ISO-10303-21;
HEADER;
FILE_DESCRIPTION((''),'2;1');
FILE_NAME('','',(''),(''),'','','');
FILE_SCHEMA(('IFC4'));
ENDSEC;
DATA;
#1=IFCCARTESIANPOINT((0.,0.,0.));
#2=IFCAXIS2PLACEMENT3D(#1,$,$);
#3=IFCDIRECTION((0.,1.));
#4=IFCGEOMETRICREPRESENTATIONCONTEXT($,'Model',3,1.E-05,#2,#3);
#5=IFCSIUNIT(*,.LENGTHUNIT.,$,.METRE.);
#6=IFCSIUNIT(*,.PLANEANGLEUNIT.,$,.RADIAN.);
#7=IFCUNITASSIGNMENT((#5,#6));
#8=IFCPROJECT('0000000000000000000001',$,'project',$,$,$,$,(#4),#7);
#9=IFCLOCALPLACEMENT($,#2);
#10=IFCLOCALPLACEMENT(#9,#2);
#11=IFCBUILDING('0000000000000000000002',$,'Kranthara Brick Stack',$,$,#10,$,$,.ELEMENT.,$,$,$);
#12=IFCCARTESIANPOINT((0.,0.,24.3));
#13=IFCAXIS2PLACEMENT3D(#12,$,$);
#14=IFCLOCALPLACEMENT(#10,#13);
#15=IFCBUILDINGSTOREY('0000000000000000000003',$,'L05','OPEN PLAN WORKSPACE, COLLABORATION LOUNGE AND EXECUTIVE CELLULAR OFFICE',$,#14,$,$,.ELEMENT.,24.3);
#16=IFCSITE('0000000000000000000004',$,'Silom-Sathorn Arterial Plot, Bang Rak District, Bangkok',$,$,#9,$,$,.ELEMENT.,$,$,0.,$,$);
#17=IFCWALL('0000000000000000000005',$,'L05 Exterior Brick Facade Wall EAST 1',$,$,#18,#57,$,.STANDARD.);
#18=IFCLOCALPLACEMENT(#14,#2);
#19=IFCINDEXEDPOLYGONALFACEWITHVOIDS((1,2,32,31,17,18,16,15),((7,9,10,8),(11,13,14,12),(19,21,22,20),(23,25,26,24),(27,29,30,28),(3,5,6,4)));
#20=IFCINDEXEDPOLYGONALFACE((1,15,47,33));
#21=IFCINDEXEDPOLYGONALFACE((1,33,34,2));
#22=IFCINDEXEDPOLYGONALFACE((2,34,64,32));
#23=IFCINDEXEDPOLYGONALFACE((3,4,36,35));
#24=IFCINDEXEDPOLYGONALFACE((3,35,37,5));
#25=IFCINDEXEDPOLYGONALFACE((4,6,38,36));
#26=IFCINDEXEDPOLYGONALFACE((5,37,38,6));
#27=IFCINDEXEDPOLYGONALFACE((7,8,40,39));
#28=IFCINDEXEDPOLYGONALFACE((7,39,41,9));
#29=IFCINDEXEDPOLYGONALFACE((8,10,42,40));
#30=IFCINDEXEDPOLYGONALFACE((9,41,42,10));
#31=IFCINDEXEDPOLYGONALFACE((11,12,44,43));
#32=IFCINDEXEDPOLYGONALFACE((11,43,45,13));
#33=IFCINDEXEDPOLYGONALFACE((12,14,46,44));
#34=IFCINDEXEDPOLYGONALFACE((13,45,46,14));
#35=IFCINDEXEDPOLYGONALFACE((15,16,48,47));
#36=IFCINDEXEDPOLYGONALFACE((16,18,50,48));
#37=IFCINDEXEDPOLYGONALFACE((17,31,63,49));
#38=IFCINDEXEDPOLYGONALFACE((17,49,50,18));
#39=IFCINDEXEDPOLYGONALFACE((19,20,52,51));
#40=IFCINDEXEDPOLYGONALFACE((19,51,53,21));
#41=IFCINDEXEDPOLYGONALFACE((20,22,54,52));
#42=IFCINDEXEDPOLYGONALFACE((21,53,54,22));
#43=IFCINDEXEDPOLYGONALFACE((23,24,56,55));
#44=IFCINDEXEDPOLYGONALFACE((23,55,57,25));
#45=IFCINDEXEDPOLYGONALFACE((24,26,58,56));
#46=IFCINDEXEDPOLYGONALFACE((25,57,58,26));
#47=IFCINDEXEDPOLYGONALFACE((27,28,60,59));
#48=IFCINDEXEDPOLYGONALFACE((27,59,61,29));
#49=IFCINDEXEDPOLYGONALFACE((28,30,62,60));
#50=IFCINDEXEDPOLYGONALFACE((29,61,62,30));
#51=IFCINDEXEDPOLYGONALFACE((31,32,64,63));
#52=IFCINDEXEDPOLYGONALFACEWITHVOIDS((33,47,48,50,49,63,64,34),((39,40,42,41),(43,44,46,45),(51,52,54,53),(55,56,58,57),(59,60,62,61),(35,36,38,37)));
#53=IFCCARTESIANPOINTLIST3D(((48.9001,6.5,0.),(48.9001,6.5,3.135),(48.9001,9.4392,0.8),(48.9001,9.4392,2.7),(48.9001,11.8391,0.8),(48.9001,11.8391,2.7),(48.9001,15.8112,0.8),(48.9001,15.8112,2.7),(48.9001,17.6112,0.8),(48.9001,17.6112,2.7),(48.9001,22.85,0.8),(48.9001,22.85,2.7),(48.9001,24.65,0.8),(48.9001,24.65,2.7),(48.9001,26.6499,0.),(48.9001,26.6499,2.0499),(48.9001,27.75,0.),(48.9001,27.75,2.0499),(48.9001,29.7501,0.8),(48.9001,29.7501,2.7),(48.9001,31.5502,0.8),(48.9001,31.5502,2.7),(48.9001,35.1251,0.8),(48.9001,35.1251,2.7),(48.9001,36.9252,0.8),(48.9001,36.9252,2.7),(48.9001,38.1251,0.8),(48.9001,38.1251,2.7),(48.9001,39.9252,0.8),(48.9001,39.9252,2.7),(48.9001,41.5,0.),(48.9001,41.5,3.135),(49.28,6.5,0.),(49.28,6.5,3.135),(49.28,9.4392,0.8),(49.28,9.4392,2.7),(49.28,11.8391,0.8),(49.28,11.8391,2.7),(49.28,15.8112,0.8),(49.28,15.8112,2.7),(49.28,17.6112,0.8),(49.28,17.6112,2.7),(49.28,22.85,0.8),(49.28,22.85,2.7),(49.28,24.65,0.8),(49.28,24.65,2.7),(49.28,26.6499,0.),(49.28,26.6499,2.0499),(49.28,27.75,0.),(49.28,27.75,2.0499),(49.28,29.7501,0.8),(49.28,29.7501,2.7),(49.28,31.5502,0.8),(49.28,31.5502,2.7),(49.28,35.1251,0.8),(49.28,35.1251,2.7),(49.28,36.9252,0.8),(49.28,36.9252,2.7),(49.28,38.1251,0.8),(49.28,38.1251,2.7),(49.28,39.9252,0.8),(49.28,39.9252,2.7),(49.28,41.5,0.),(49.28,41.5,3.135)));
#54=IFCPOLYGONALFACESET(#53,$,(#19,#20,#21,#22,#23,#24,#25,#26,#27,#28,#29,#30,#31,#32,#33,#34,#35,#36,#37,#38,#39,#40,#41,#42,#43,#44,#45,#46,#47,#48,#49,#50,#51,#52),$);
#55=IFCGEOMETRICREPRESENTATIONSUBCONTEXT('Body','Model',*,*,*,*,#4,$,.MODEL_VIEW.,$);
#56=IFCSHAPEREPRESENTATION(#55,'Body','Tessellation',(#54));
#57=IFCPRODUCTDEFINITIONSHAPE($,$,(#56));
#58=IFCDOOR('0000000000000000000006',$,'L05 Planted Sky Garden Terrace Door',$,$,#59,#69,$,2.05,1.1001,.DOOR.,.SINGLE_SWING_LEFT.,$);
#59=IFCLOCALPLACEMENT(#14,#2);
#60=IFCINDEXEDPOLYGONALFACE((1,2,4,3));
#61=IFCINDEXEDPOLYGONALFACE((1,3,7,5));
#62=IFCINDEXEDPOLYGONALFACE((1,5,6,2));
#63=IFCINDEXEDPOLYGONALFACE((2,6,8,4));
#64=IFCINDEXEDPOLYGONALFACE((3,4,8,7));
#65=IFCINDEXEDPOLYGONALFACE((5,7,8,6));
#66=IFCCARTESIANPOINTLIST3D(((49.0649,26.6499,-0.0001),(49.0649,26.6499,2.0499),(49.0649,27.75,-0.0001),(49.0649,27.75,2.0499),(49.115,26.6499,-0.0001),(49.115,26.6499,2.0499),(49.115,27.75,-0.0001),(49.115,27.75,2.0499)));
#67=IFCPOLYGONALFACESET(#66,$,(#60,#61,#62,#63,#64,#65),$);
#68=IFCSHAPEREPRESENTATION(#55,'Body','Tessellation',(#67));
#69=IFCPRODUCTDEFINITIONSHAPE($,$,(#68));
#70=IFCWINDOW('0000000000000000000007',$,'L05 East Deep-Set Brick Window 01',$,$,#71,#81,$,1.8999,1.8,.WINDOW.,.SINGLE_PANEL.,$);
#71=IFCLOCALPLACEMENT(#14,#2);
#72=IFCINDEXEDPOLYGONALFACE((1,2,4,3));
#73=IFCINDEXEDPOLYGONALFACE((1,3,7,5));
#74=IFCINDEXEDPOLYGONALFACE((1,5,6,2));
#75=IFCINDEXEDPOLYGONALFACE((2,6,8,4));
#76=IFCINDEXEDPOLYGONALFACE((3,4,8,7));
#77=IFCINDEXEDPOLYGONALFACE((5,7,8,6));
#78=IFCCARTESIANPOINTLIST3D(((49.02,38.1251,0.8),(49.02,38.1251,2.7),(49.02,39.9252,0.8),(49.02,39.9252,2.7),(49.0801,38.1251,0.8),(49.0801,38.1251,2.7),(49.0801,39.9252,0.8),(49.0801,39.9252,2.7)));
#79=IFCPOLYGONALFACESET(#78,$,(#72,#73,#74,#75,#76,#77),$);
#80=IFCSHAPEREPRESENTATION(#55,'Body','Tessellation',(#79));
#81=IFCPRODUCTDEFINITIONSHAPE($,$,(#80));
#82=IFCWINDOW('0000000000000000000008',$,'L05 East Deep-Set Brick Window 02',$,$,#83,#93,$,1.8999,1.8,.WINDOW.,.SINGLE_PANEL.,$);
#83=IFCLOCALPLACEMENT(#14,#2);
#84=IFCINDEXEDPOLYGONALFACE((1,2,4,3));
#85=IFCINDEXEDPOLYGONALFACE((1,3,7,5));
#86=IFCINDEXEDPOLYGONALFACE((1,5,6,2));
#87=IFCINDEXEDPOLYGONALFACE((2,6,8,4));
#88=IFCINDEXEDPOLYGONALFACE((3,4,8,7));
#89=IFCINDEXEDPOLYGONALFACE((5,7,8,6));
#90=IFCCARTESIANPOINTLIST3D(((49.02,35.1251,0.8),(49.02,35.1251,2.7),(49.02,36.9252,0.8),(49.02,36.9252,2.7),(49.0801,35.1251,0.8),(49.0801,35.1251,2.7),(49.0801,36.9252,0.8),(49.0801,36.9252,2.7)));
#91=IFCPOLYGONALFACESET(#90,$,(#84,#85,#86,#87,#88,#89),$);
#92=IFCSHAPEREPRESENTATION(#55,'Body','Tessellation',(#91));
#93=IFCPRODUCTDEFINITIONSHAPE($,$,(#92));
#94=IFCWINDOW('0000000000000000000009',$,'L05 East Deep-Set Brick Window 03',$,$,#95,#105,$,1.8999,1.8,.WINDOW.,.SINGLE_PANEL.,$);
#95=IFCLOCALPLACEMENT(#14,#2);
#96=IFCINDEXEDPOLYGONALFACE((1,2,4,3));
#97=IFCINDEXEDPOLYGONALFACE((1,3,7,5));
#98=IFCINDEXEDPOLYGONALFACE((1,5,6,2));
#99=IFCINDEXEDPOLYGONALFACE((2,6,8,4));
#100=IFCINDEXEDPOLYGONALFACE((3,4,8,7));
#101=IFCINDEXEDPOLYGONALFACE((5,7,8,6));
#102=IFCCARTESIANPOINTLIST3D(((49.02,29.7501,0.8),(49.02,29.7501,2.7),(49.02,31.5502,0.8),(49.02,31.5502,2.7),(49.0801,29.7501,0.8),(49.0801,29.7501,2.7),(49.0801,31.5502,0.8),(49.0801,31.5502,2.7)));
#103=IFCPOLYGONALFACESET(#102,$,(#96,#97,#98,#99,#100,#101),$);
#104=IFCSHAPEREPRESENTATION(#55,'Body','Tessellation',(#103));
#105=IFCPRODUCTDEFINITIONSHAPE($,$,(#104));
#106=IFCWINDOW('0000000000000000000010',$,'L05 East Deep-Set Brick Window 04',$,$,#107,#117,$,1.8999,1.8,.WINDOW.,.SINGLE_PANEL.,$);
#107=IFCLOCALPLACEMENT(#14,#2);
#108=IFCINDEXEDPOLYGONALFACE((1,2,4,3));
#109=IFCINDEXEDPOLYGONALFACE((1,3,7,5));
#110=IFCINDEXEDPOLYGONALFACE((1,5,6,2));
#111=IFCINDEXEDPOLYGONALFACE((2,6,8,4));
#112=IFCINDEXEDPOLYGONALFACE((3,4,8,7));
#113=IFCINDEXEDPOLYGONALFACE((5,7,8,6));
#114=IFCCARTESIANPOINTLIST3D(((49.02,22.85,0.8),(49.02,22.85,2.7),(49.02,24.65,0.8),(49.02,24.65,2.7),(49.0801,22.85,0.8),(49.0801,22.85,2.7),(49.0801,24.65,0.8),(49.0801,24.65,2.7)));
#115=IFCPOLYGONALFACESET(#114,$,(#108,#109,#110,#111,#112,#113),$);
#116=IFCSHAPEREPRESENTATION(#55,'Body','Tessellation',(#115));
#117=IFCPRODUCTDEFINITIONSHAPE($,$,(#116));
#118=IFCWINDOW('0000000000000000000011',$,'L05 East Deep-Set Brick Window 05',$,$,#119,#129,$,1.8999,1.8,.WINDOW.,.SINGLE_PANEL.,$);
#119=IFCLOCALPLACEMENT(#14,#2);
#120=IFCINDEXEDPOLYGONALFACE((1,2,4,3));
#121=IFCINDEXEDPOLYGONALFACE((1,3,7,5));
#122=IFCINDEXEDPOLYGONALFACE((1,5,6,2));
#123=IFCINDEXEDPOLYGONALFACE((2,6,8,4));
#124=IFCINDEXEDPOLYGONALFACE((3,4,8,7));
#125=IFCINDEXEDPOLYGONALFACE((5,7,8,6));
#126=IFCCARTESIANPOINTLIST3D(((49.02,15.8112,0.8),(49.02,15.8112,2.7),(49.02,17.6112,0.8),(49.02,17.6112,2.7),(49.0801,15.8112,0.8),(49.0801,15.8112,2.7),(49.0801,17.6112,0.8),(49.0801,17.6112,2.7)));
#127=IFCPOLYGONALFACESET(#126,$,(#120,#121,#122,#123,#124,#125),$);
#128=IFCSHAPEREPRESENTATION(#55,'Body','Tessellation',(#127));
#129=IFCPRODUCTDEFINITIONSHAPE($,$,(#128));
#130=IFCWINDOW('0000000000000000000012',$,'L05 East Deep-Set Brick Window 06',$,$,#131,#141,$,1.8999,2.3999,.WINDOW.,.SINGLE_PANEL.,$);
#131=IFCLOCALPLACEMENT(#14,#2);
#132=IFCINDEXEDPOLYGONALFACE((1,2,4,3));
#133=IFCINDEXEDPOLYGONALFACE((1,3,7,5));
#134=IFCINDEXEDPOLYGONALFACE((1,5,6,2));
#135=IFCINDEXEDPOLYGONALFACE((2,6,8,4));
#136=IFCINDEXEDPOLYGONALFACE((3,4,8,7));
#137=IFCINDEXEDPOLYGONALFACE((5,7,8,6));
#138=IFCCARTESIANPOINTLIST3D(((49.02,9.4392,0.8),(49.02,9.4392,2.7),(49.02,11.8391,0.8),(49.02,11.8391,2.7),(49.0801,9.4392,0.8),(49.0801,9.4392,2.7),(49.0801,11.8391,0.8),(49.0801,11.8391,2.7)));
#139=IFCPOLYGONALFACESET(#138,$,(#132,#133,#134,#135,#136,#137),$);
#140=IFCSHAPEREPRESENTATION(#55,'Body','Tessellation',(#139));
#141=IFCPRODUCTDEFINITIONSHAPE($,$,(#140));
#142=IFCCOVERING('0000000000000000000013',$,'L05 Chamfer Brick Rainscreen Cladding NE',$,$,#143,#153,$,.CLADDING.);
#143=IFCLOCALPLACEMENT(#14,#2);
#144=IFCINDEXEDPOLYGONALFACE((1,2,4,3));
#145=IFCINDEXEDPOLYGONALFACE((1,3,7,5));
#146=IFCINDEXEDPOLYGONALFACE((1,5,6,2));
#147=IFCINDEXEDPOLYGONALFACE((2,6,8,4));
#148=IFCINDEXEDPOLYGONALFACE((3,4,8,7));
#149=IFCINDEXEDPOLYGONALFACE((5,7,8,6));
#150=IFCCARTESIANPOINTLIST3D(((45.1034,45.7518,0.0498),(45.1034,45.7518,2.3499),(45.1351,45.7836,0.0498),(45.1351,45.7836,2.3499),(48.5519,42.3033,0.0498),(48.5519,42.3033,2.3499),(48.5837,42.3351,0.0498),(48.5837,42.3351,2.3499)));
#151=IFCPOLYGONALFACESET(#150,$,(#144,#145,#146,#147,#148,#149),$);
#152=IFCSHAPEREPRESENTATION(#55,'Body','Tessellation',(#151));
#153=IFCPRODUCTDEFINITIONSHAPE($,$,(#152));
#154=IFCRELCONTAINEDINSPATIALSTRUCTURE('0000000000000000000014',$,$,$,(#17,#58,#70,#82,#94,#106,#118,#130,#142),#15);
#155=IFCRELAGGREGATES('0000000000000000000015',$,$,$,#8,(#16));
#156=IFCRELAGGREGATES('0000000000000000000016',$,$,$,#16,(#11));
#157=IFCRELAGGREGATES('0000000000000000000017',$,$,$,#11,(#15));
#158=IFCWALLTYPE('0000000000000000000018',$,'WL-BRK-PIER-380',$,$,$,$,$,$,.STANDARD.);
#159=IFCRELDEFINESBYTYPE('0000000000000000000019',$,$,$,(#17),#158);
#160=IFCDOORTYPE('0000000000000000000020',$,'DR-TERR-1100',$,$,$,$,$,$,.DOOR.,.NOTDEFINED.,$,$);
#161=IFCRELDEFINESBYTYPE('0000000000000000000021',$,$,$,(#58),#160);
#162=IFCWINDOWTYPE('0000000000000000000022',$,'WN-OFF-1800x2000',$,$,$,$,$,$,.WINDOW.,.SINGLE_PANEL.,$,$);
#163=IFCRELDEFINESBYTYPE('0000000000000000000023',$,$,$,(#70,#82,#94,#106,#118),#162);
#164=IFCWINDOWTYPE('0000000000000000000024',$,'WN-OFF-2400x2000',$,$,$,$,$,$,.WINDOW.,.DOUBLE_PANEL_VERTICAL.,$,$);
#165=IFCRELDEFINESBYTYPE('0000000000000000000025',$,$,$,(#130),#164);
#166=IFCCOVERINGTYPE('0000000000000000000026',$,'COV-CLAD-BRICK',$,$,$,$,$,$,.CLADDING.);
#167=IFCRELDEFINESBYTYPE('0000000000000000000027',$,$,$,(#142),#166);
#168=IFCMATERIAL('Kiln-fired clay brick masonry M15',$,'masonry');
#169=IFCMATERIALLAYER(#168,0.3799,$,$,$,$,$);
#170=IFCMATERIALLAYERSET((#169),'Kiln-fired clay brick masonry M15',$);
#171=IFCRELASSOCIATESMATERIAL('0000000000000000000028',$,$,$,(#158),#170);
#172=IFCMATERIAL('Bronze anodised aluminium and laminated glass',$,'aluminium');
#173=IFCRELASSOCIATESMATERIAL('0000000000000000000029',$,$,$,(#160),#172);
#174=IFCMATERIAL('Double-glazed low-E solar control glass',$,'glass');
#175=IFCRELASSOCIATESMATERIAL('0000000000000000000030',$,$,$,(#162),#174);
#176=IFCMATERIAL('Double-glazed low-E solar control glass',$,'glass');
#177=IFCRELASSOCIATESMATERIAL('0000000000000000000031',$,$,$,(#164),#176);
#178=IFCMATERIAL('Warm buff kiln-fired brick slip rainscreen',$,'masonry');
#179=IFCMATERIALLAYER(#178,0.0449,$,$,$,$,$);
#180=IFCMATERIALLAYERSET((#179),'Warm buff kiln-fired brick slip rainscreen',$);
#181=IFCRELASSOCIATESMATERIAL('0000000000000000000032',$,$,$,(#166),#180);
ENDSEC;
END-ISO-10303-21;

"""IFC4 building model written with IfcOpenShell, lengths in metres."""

from ifc_helpers import new_model, si_unit, direction, frame, frame_2d, origin, origin_2d, place, context, subcontext, project, spatial, rectangle, extrude, material, layer, layer_set, type_object, element, fill, save


model = new_model("IFC4")

# Units and contexts
model_context = context("Model", 3, precision=1e-05, world=origin(), true_north=direction((0.0, 1.0)))
body_context = subcontext(model_context, "Body", "Model", "MODEL_VIEW")
ifc_project = project(units=[si_unit("LENGTHUNIT", "METRE"), si_unit("PLANEANGLEUNIT", "RADIAN")], contexts=[model_context])

# Site, building, storey
site_placement = place(None, origin())
site = spatial("IfcSite", under=ifc_project, at=site_placement, Name="Silom-Sathorn Arterial Plot, Bang Rak District, Bangkok", CompositionType="ELEMENT", RefElevation=0.0)
building_placement = place(site_placement, origin())
building = spatial("IfcBuilding", under=site, at=building_placement, Name="Kranthara Brick Stack", CompositionType="ELEMENT")
storey_placement = place(building_placement, frame((0.0, 0.0, 24.3)))
storey = spatial("IfcBuildingStorey", under=building, at=storey_placement, Name="L05", Description="OPEN PLAN WORKSPACE, COLLABORATION LOUNGE AND EXECUTIVE CELLULAR OFFICE", CompositionType="ELEMENT", Elevation=24.3)

# Shared definitions
ifc_material_1 = material(Name="Kiln-fired clay brick masonry M15", Category="masonry")
ifc_layer_1 = layer(ifc_material_1, 0.3799)
ifc_layer_set_1 = layer_set([ifc_layer_1], Name="Kiln-fired clay brick masonry M15")
wall_type = type_object("IfcWallType", Name="WL-BRK-PIER-380", PredefinedType="STANDARD", material=ifc_layer_set_1)

# Wall, openings, door, windows
wall_1_placement = place(storey_placement, frame((49.0901, 41.5, 0.0), z_axis=(0.0, 0.0, 1.0), x_axis=(0.0, -1.0, 0.0)))
wall_1 = element("IfcWall", 1, at=wall_1_placement, inside=storey, type_object=wall_type, Name="L05 Exterior Brick Facade Wall EAST 1", PredefinedType="STANDARD", context=body_context, shape_type="SweptSolid", body=[
    extrude(rectangle(XDim=35.0, YDim=0.3799, at=frame_2d((17.5, 0.0))), origin(), (0.0, 0.0, 1.0), 3.135),
])
opening_1_placement = place(wall_1_placement, frame((13.75, 0.0, 0.0)))
opening_1 = element("IfcOpeningElement", 2, at=opening_1_placement, cuts=wall_1, PredefinedType="OPENING", context=body_context, shape_type="SweptSolid", body=[
    extrude(rectangle(XDim=1.1001, YDim=2.05, at=frame_2d((0.55, 1.0249))), frame((0.0, 0.2, 0.0), z_axis=(0.0, -1.0, 0.0), x_axis=(1.0, 0.0, 0.0)), (0.0, 0.0, 1.0), 0.3999),
])
opening_2_placement = place(wall_1_placement, frame((1.575, 0.0, 0.8)))
opening_2 = element("IfcOpeningElement", 3, at=opening_2_placement, cuts=wall_1, PredefinedType="OPENING", context=body_context, shape_type="SweptSolid", body=[
    extrude(rectangle(XDim=1.8, YDim=1.8999, at=frame_2d((0.8999, 0.95))), frame((0.0, 0.2, 0.0), z_axis=(0.0, -1.0, 0.0), x_axis=(1.0, 0.0, 0.0)), (0.0, 0.0, 1.0), 0.3999),
])
opening_3_placement = place(wall_1_placement, frame((4.575, 0.0, 0.8)))
opening_3 = element("IfcOpeningElement", 4, at=opening_3_placement, cuts=wall_1, PredefinedType="OPENING", context=body_context, shape_type="SweptSolid", body=[
    extrude(rectangle(XDim=1.8, YDim=1.8999, at=frame_2d((0.8999, 0.95))), frame((0.0, 0.2, 0.0), z_axis=(0.0, -1.0, 0.0), x_axis=(1.0, 0.0, 0.0)), (0.0, 0.0, 1.0), 0.3999),
])
opening_4_placement = place(wall_1_placement, frame((9.95, 0.0, 0.8)))
opening_4 = element("IfcOpeningElement", 5, at=opening_4_placement, cuts=wall_1, PredefinedType="OPENING", context=body_context, shape_type="SweptSolid", body=[
    extrude(rectangle(XDim=1.8, YDim=1.8999, at=frame_2d((0.8999, 0.95))), frame((0.0, 0.2, 0.0), z_axis=(0.0, -1.0, 0.0), x_axis=(1.0, 0.0, 0.0)), (0.0, 0.0, 1.0), 0.3999),
])
opening_5_placement = place(wall_1_placement, frame((16.8501, 0.0, 0.8)))
opening_5 = element("IfcOpeningElement", 6, at=opening_5_placement, cuts=wall_1, PredefinedType="OPENING", context=body_context, shape_type="SweptSolid", body=[
    extrude(rectangle(XDim=1.8, YDim=1.8999, at=frame_2d((0.8999, 0.95))), frame((0.0, 0.2, 0.0), z_axis=(0.0, -1.0, 0.0), x_axis=(1.0, 0.0, 0.0)), (0.0, 0.0, 1.0), 0.3999),
])
opening_6_placement = place(wall_1_placement, frame((23.8889, 0.0, 0.8)))
opening_6 = element("IfcOpeningElement", 7, at=opening_6_placement, cuts=wall_1, PredefinedType="OPENING", context=body_context, shape_type="SweptSolid", body=[
    extrude(rectangle(XDim=1.8, YDim=1.8999, at=frame_2d((0.8999, 0.95))), frame((0.0, 0.2, 0.0), z_axis=(0.0, -1.0, 0.0), x_axis=(1.0, 0.0, 0.0)), (0.0, 0.0, 1.0), 0.3999),
])
opening_7_placement = place(wall_1_placement, frame((29.6609, 0.0, 0.8)))
opening_7 = element("IfcOpeningElement", 8, at=opening_7_placement, cuts=wall_1, PredefinedType="OPENING", context=body_context, shape_type="SweptSolid", body=[
    extrude(rectangle(XDim=2.3999, YDim=1.8999, at=frame_2d((1.2, 0.95))), frame((0.0, 0.2, 0.0), z_axis=(0.0, -1.0, 0.0), x_axis=(1.0, 0.0, 0.0)), (0.0, 0.0, 1.0), 0.3999),
])
ifc_material_2 = material(Name="Bronze anodised aluminium and laminated glass", Category="aluminium")
door_type = type_object("IfcDoorType", Name="DR-TERR-1100", OperationType="NOTDEFINED", PredefinedType="DOOR", material=ifc_material_2)
door_placement = place(opening_1_placement, origin())
door = element("IfcDoor", 9, at=door_placement, inside=storey, type_object=door_type, Name="L05 Planted Sky Garden Terrace Door", OperationType="SINGLE_SWING_LEFT", OverallHeight=2.05, OverallWidth=1.1001, PredefinedType="DOOR", context=body_context, shape_type="SweptSolid", body=[
    extrude(rectangle(XDim=1.1001, YDim=2.05, at=frame_2d((0.55, 1.0249))), frame((0.0, 0.0249, 0.0), z_axis=(0.0, -1.0, 0.0), x_axis=(1.0, 0.0, 0.0)), (0.0, 0.0, 1.0), 0.05),
])
fill(opening_1, door)
ifc_material_3 = material(Name="Double-glazed low-E solar control glass", Category="glass")
window_type_1 = type_object("IfcWindowType", Name="WN-OFF-1800x2000", PartitioningType="SINGLE_PANEL", PredefinedType="WINDOW", material=ifc_material_3)
window_1_placement = place(opening_2_placement, origin())
window_1 = element("IfcWindow", 10, at=window_1_placement, inside=storey, type_object=window_type_1, Name="L05 East Deep-Set Brick Window 01", OverallHeight=1.8999, OverallWidth=1.8, PartitioningType="SINGLE_PANEL", PredefinedType="WINDOW", context=body_context, shape_type="SweptSolid", body=[
    extrude(rectangle(XDim=1.8, YDim=1.8999, at=frame_2d((0.8999, 0.95))), frame((0.0, -0.01, 0.0), z_axis=(0.0, -1.0, 0.0), x_axis=(1.0, 0.0, 0.0)), (0.0, 0.0, 1.0), 0.0601),
])
fill(opening_2, window_1)
window_2_placement = place(opening_3_placement, origin())
window_2 = element("IfcWindow", 11, at=window_2_placement, inside=storey, type_object=window_type_1, Name="L05 East Deep-Set Brick Window 02", OverallHeight=1.8999, OverallWidth=1.8, PartitioningType="SINGLE_PANEL", PredefinedType="WINDOW", context=body_context, shape_type="SweptSolid", body=[
    extrude(rectangle(XDim=1.8, YDim=1.8999, at=frame_2d((0.8999, 0.95))), frame((0.0, -0.01, 0.0), z_axis=(0.0, -1.0, 0.0), x_axis=(1.0, 0.0, 0.0)), (0.0, 0.0, 1.0), 0.0601),
])
fill(opening_3, window_2)
window_3_placement = place(opening_4_placement, origin())
window_3 = element("IfcWindow", 12, at=window_3_placement, inside=storey, type_object=window_type_1, Name="L05 East Deep-Set Brick Window 03", OverallHeight=1.8999, OverallWidth=1.8, PartitioningType="SINGLE_PANEL", PredefinedType="WINDOW", context=body_context, shape_type="SweptSolid", body=[
    extrude(rectangle(XDim=1.8, YDim=1.8999, at=frame_2d((0.8999, 0.95))), frame((0.0, -0.01, 0.0), z_axis=(0.0, -1.0, 0.0), x_axis=(1.0, 0.0, 0.0)), (0.0, 0.0, 1.0), 0.0601),
])
fill(opening_4, window_3)
window_4_placement = place(opening_5_placement, origin())
window_4 = element("IfcWindow", 13, at=window_4_placement, inside=storey, type_object=window_type_1, Name="L05 East Deep-Set Brick Window 04", OverallHeight=1.8999, OverallWidth=1.8, PartitioningType="SINGLE_PANEL", PredefinedType="WINDOW", context=body_context, shape_type="SweptSolid", body=[
    extrude(rectangle(XDim=1.8, YDim=1.8999, at=frame_2d((0.8999, 0.95))), frame((0.0, -0.01, 0.0), z_axis=(0.0, -1.0, 0.0), x_axis=(1.0, 0.0, 0.0)), (0.0, 0.0, 1.0), 0.0601),
])
fill(opening_5, window_4)
window_5_placement = place(opening_6_placement, origin())
window_5 = element("IfcWindow", 14, at=window_5_placement, inside=storey, type_object=window_type_1, Name="L05 East Deep-Set Brick Window 05", OverallHeight=1.8999, OverallWidth=1.8, PartitioningType="SINGLE_PANEL", PredefinedType="WINDOW", context=body_context, shape_type="SweptSolid", body=[
    extrude(rectangle(XDim=1.8, YDim=1.8999, at=frame_2d((0.8999, 0.95))), frame((0.0, -0.01, 0.0), z_axis=(0.0, -1.0, 0.0), x_axis=(1.0, 0.0, 0.0)), (0.0, 0.0, 1.0), 0.0601),
])
fill(opening_6, window_5)
ifc_material_4 = material(Name="Double-glazed low-E solar control glass", Category="glass")
window_type_2 = type_object("IfcWindowType", Name="WN-OFF-2400x2000", PartitioningType="DOUBLE_PANEL_VERTICAL", PredefinedType="WINDOW", material=ifc_material_4)
window_6_placement = place(opening_7_placement, origin())
window_6 = element("IfcWindow", 15, at=window_6_placement, inside=storey, type_object=window_type_2, Name="L05 East Deep-Set Brick Window 06", OverallHeight=1.8999, OverallWidth=2.3999, PartitioningType="SINGLE_PANEL", PredefinedType="WINDOW", context=body_context, shape_type="SweptSolid", body=[
    extrude(rectangle(XDim=2.3999, YDim=1.8999, at=frame_2d((1.2, 0.95))), frame((0.0, -0.01, 0.0), z_axis=(0.0, -1.0, 0.0), x_axis=(1.0, 0.0, 0.0)), (0.0, 0.0, 1.0), 0.0601),
])
fill(opening_7, window_6)

# Covering
ifc_material_5 = material(Name="Warm buff kiln-fired brick slip rainscreen", Category="masonry")
ifc_layer_2 = layer(ifc_material_5, 0.0449)
ifc_layer_set_2 = layer_set([ifc_layer_2], Name="Warm buff kiln-fired brick slip rainscreen")
covering_type = type_object("IfcCoveringType", Name="COV-CLAD-BRICK", PredefinedType="CLADDING", material=ifc_layer_set_2)
covering_placement = place(storey_placement, frame((46.8435, 44.0435, 0.0498), z_axis=(0.0, 0.0, 1.0), x_axis=(0.707107, -0.707107, 0.0)))
element("IfcCovering", 16, at=covering_placement, inside=storey, type_object=covering_type, Name="L05 Chamfer Brick Rainscreen Cladding NE", PredefinedType="CLADDING", context=body_context, shape_type="SweptSolid", body=[
    extrude(rectangle(XDim=4.877, YDim=0.0449, at=origin_2d()), origin(), (0.0, 0.0, 1.0), 2.3),
])

save(model, "model.ifc")
